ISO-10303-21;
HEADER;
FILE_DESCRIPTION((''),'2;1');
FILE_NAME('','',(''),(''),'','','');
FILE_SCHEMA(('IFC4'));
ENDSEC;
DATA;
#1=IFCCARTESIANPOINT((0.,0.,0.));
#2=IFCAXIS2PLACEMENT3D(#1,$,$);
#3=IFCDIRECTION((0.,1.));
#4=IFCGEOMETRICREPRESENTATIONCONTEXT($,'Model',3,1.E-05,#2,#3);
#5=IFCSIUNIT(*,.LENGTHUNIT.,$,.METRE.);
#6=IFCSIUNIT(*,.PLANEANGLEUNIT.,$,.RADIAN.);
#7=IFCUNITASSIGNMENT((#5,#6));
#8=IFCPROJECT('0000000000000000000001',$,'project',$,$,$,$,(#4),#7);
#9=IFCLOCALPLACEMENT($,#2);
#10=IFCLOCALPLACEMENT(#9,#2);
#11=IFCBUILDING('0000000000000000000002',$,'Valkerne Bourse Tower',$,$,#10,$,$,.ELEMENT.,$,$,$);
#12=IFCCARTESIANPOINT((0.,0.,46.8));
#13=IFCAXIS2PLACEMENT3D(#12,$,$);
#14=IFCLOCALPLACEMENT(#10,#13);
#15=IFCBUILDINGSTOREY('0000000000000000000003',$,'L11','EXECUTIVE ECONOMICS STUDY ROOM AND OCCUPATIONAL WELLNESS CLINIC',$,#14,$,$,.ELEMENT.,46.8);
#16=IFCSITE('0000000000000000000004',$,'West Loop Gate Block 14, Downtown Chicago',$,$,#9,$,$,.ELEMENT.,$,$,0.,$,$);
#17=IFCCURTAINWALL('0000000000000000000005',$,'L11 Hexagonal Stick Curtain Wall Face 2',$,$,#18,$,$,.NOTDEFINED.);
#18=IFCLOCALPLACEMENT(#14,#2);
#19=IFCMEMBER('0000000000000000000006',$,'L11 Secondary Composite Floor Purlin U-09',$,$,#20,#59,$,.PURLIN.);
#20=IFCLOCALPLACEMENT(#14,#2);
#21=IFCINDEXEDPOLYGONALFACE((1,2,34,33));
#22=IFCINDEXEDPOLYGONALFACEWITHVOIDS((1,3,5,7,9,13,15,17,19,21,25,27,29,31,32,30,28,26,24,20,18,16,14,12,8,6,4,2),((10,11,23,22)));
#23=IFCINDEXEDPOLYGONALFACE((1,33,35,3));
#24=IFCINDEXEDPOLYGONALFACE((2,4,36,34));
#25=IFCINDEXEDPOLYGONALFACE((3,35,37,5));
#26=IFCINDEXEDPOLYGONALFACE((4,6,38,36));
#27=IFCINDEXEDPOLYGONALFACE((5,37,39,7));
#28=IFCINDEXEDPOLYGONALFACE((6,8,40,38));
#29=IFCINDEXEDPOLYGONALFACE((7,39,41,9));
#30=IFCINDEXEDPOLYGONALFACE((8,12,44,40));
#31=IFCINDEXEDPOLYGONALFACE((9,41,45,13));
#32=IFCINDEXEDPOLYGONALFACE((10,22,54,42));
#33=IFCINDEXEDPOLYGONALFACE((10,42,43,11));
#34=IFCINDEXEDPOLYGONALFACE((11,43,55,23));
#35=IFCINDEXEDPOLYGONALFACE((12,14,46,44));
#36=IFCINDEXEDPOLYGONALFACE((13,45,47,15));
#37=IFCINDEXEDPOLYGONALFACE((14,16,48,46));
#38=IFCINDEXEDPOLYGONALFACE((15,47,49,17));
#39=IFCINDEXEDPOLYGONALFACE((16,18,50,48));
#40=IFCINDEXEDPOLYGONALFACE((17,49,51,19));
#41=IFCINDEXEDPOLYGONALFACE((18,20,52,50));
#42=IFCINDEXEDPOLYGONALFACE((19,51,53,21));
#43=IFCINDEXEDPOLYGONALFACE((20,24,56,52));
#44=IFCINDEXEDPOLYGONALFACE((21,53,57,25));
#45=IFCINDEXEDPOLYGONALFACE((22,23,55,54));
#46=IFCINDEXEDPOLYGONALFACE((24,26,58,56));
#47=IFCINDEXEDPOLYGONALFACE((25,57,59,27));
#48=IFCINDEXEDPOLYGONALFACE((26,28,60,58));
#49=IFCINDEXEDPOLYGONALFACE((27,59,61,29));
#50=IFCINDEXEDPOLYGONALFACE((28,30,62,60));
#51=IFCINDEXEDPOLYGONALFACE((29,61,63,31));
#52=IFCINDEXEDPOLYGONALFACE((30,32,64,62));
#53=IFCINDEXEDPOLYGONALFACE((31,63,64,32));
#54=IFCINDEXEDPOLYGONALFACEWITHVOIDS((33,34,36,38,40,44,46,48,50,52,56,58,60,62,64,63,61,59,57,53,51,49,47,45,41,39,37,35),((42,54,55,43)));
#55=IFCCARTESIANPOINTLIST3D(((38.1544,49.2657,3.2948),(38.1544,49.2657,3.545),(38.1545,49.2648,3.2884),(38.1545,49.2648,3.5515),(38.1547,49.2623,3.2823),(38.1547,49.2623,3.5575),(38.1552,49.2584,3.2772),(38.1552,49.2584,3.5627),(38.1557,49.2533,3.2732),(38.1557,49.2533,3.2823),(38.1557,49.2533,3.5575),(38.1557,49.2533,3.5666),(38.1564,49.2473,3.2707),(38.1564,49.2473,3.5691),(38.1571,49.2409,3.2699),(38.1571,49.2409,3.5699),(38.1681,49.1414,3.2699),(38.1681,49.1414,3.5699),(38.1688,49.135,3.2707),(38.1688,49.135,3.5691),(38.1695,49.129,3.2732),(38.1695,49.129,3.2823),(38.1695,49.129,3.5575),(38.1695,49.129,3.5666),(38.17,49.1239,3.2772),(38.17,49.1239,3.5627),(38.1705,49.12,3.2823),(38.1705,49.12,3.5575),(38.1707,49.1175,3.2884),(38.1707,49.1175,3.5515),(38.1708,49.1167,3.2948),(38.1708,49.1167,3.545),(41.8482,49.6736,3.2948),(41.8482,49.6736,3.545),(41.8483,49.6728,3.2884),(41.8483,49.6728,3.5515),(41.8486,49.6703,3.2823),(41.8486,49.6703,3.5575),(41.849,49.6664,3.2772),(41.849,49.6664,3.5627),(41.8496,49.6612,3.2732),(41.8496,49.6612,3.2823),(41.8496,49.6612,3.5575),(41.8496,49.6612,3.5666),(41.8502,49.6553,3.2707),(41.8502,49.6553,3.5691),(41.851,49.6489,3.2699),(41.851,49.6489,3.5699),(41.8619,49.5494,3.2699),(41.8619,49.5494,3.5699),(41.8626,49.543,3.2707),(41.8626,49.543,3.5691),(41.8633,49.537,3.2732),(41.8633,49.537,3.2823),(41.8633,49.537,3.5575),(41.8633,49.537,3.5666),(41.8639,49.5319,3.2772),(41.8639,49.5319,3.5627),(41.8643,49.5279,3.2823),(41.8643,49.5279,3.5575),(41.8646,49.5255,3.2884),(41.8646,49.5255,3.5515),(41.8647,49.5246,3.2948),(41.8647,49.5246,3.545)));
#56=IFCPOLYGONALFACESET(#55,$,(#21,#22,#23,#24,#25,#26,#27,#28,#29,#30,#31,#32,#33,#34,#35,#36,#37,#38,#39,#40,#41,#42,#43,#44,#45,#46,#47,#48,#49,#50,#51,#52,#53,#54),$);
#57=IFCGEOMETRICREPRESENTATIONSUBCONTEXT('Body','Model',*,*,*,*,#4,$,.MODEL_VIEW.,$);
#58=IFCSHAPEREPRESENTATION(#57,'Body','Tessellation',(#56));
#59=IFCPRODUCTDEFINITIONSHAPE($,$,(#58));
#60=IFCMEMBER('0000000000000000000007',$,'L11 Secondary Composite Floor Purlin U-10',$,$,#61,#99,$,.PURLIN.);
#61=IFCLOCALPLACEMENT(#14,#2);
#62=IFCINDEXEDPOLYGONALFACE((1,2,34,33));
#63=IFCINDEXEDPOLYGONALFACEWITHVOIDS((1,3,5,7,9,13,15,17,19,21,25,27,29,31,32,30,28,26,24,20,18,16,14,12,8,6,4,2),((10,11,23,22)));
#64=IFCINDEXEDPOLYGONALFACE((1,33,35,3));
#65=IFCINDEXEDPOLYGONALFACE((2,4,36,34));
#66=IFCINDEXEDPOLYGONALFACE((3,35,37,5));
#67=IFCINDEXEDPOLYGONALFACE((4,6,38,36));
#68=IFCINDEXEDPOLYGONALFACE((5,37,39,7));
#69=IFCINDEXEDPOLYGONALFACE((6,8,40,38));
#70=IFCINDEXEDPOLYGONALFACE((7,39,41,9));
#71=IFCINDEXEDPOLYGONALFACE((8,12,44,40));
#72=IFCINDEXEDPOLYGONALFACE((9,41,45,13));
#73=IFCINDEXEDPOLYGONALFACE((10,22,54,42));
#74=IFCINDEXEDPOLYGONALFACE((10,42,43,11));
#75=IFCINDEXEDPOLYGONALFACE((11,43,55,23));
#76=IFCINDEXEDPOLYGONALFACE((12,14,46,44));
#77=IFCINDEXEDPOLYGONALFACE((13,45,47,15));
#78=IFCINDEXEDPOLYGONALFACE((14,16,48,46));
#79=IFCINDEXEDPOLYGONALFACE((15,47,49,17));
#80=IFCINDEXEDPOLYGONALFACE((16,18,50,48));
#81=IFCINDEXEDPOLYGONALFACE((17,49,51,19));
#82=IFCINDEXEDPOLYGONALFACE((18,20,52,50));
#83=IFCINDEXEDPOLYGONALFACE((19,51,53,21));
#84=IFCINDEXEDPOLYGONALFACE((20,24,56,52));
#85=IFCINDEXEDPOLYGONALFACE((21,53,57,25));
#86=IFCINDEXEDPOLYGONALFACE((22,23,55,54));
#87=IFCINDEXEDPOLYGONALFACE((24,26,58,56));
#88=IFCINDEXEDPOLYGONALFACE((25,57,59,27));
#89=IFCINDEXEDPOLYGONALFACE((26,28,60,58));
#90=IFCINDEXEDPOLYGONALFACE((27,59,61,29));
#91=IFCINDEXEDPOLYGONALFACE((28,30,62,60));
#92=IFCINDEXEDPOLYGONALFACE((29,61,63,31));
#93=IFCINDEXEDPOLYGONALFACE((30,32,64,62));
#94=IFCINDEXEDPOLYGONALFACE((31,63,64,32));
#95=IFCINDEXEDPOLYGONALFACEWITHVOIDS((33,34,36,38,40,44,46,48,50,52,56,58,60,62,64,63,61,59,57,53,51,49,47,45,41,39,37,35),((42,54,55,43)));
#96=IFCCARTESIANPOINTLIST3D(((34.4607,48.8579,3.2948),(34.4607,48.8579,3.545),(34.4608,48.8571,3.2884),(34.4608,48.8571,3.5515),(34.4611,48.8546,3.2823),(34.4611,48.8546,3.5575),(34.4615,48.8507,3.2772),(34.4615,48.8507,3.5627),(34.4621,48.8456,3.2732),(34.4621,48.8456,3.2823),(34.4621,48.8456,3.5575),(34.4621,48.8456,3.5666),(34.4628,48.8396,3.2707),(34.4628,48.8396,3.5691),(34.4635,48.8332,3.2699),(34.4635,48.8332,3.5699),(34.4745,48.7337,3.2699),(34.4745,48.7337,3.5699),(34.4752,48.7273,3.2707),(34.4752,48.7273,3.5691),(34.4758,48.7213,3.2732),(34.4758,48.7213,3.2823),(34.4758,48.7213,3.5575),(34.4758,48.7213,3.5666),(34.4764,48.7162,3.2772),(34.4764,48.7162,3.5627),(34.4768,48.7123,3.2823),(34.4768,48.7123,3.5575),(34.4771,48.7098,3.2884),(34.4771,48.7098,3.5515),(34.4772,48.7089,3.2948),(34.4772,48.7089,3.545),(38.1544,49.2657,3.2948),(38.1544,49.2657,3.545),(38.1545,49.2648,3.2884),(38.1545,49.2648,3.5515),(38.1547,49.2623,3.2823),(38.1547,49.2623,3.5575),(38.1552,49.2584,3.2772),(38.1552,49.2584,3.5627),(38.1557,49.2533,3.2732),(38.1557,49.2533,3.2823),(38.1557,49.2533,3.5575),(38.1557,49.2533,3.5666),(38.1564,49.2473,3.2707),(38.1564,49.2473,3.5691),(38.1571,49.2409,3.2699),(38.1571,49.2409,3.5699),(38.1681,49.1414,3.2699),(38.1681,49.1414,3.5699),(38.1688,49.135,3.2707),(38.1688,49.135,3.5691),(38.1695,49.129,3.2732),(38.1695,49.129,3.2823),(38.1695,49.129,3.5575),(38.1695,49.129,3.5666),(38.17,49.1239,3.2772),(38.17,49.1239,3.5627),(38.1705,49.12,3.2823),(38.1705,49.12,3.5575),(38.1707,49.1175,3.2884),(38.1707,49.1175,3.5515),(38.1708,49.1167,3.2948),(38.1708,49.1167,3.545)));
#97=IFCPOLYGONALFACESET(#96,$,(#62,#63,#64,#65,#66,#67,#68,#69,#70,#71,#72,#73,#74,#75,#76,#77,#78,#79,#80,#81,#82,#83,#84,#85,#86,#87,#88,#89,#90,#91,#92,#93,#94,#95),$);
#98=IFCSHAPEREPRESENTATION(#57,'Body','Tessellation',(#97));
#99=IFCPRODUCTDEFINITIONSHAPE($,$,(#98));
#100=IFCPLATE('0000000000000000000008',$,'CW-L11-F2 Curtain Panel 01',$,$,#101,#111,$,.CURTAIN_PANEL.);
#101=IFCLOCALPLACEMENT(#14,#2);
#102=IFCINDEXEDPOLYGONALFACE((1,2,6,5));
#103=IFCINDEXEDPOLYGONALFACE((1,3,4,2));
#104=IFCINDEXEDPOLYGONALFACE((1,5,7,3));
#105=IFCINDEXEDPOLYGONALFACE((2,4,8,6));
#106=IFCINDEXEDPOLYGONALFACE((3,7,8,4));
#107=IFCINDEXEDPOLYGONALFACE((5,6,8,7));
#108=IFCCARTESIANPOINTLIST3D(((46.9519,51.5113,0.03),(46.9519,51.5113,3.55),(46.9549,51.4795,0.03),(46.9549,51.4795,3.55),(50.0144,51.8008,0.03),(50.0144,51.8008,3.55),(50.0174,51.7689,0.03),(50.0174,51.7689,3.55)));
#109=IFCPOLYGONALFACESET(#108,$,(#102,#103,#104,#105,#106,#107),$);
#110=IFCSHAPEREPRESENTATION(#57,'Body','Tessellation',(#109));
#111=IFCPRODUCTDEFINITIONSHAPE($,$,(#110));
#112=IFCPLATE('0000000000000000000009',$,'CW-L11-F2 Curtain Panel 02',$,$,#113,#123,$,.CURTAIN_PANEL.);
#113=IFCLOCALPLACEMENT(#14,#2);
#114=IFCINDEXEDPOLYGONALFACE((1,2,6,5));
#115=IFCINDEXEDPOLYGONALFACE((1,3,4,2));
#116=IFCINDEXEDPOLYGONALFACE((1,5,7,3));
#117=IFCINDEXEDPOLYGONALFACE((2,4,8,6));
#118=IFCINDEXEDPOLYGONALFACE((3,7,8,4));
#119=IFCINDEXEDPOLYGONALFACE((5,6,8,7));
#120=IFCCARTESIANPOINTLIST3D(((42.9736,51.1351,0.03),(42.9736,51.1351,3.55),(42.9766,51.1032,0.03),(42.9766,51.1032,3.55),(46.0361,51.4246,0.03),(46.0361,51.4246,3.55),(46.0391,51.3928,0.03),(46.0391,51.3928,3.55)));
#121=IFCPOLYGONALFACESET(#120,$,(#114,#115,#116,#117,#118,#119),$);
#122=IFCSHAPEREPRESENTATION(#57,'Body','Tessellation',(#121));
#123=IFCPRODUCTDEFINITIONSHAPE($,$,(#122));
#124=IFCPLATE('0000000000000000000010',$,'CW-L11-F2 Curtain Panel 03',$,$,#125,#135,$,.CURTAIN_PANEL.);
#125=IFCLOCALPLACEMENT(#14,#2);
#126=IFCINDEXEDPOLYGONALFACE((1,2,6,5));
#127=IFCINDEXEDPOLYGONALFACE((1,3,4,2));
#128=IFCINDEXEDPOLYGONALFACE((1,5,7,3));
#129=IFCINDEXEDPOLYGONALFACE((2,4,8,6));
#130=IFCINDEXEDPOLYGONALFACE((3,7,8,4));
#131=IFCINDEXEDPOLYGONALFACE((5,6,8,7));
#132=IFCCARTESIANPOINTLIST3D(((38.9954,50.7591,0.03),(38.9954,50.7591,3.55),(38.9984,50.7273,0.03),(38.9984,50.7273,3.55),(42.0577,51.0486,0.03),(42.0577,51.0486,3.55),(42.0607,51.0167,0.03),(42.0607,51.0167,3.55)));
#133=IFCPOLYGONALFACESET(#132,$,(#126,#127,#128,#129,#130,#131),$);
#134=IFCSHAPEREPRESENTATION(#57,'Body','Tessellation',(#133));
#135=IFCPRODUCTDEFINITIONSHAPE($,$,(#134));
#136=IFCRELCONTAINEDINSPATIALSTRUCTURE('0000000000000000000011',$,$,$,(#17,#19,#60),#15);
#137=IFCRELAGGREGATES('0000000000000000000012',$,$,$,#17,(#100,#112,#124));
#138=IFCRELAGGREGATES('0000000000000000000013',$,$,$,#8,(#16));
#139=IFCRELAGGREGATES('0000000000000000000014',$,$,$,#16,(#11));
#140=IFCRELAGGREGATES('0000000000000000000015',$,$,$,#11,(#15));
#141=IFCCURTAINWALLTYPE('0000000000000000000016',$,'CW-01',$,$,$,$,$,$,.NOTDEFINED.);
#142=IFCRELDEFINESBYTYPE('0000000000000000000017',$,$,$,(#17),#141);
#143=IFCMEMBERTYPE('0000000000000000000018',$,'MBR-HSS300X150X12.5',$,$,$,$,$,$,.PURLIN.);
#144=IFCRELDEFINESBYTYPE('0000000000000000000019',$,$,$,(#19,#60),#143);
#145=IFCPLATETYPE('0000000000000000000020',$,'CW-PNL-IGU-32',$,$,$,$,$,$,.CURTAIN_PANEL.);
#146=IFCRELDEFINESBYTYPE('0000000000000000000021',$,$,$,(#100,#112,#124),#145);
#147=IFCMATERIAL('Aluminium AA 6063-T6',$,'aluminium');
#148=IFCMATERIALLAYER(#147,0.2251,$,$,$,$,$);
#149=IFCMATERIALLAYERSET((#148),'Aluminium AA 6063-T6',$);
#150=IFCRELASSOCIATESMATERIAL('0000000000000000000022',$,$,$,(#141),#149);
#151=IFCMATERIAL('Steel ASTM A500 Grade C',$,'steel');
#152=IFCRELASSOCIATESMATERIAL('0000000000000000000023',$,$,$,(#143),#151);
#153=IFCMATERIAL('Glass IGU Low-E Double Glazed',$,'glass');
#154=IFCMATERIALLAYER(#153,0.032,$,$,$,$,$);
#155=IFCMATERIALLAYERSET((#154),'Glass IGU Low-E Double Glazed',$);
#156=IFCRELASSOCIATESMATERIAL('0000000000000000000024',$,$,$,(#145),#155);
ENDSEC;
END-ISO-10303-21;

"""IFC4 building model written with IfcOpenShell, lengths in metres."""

from ifc_helpers import new_model, si_unit, direction, frame, origin, origin_2d, place, context, subcontext, project, spatial, rectangle, hollow_rectangle, extrude, material, layer, layer_set, material_profile, profile_set, type_object, element, aggregate, save


model = new_model("IFC4")

# Units and contexts
model_context = context("Model", 3, precision=1e-05, world=origin(), true_north=direction((0.0, 1.0)))
body_context = subcontext(model_context, "Body", "Model", "MODEL_VIEW")
ifc_project = project(units=[si_unit("LENGTHUNIT", "METRE"), si_unit("PLANEANGLEUNIT", "RADIAN")], contexts=[model_context])

# Site, building, storey
site_placement = place(None, origin())
site = spatial("IfcSite", under=ifc_project, at=site_placement, Name="West Loop Gate Block 14, Downtown Chicago", CompositionType="ELEMENT", RefElevation=0.0)
building_placement = place(site_placement, origin())
building = spatial("IfcBuilding", under=site, at=building_placement, Name="Valkerne Bourse Tower", CompositionType="ELEMENT")
storey_placement = place(building_placement, frame((0.0, 0.0, 46.8)))
storey = spatial("IfcBuildingStorey", under=building, at=storey_placement, Name="L11", Description="EXECUTIVE ECONOMICS STUDY ROOM AND OCCUPATIONAL WELLNESS CLINIC", CompositionType="ELEMENT", Elevation=46.8)

# Curtain wall
ifc_material_1 = material(Name="Aluminium AA 6063-T6", Category="aluminium")
ifc_layer_1 = layer(ifc_material_1, 0.2251)
ifc_layer_set_1 = layer_set([ifc_layer_1], Name="Aluminium AA 6063-T6")
curtain_wall_type = type_object("IfcCurtainWallType", Name="CW-01", PredefinedType="NOTDEFINED", material=ifc_layer_set_1)
curtain_wall_placement = place(storey_placement, origin())
curtain_wall = element("IfcCurtainWall", 1, at=curtain_wall_placement, inside=storey, type_object=curtain_wall_type, Name="L11 Hexagonal Stick Curtain Wall Face 2", PredefinedType="NOTDEFINED")

# Members
ifc_material_2 = material(Name="Steel ASTM A500 Grade C", Category="steel")
ifc_material_profile_1 = material_profile(ifc_material_2, hollow_rectangle(XDim=0.1499, YDim=0.3, WallThickness=0.0125, OuterFilletRadius=0.0249, at=origin_2d()), Name="HSS300X150X12.5")
ifc_profile_set_1 = profile_set([ifc_material_profile_1], Name="Steel ASTM A500 Grade C")
member_type_1 = type_object("IfcMemberType", Name="MBR-HSS300X150X12.5", PredefinedType="PURLIN", material=ifc_profile_set_1)
member_1_placement = place(storey_placement, frame((41.8564, 49.5991, 3.4199), z_axis=(-0.993956, -0.109775, 0.0), x_axis=(0.109775, -0.993956, 0.0)))
element("IfcMember", 2, at=member_1_placement, inside=storey, type_object=member_type_1, Name="L11 Secondary Composite Floor Purlin U-09", PredefinedType="PURLIN", context=body_context, shape_type="SweptSolid", body=[
    extrude(hollow_rectangle(XDim=0.1499, YDim=0.3, WallThickness=0.0125, OuterFilletRadius=0.0249, at=origin_2d()), origin(), (0.0, 0.0, 1.0), 3.7163),
])
member_2_placement = place(storey_placement, frame((38.1626, 49.1912, 3.4199), z_axis=(-0.993963, -0.109718, 0.0), x_axis=(0.109718, -0.993963, 0.0)))
element("IfcMember", 3, at=member_2_placement, inside=storey, type_object=member_type_1, Name="L11 Secondary Composite Floor Purlin U-10", PredefinedType="PURLIN", context=body_context, shape_type="SweptSolid", body=[
    extrude(hollow_rectangle(XDim=0.1499, YDim=0.3, WallThickness=0.0125, OuterFilletRadius=0.0249, at=origin_2d()), origin(), (0.0, 0.0, 1.0), 3.7161),
])

# Plates
ifc_material_3 = material(Name="Glass IGU Low-E Double Glazed", Category="glass")
ifc_layer_2 = layer(ifc_material_3, 0.032)
ifc_layer_set_2 = layer_set([ifc_layer_2], Name="Glass IGU Low-E Double Glazed")
plate_type = type_object("IfcPlateType", Name="CW-PNL-IGU-32", PredefinedType="CURTAIN_PANEL", material=ifc_layer_set_2)
plate_1_placement = place(storey_placement, frame((48.4846, 51.6401, 0.03), z_axis=(0.0, 0.0, 1.0), x_axis=(-0.995563, -0.094093, 0.0)))
plate_1 = element("IfcPlate", 4, at=plate_1_placement, type_object=plate_type, Name="CW-L11-F2 Curtain Panel 01", PredefinedType="CURTAIN_PANEL", context=body_context, shape_type="SweptSolid", body=[
    extrude(rectangle(XDim=3.0762, YDim=0.032, at=origin_2d()), origin(), (0.0, 0.0, 1.0), 3.52),
])
plate_2_placement = place(storey_placement, frame((44.5063, 51.2639, 0.03), z_axis=(0.0, 0.0, 1.0), x_axis=(-0.995561, -0.094118, 0.0)))
plate_2 = element("IfcPlate", 5, at=plate_2_placement, type_object=plate_type, Name="CW-L11-F2 Curtain Panel 02", PredefinedType="CURTAIN_PANEL", context=body_context, shape_type="SweptSolid", body=[
    extrude(rectangle(XDim=3.0762, YDim=0.032, at=origin_2d()), origin(), (0.0, 0.0, 1.0), 3.52),
])
plate_3_placement = place(storey_placement, frame((40.5281, 50.8879, 0.03), z_axis=(0.0, 0.0, 1.0), x_axis=(-0.995563, -0.094096, 0.0)))
plate_3 = element("IfcPlate", 6, at=plate_3_placement, type_object=plate_type, Name="CW-L11-F2 Curtain Panel 03", PredefinedType="CURTAIN_PANEL", context=body_context, shape_type="SweptSolid", body=[
    extrude(rectangle(XDim=3.0759, YDim=0.032, at=origin_2d()), origin(), (0.0, 0.0, 1.0), 3.52),
])
aggregate(curtain_wall, [plate_1, plate_2, plate_3])

save(model, "model.ifc")
